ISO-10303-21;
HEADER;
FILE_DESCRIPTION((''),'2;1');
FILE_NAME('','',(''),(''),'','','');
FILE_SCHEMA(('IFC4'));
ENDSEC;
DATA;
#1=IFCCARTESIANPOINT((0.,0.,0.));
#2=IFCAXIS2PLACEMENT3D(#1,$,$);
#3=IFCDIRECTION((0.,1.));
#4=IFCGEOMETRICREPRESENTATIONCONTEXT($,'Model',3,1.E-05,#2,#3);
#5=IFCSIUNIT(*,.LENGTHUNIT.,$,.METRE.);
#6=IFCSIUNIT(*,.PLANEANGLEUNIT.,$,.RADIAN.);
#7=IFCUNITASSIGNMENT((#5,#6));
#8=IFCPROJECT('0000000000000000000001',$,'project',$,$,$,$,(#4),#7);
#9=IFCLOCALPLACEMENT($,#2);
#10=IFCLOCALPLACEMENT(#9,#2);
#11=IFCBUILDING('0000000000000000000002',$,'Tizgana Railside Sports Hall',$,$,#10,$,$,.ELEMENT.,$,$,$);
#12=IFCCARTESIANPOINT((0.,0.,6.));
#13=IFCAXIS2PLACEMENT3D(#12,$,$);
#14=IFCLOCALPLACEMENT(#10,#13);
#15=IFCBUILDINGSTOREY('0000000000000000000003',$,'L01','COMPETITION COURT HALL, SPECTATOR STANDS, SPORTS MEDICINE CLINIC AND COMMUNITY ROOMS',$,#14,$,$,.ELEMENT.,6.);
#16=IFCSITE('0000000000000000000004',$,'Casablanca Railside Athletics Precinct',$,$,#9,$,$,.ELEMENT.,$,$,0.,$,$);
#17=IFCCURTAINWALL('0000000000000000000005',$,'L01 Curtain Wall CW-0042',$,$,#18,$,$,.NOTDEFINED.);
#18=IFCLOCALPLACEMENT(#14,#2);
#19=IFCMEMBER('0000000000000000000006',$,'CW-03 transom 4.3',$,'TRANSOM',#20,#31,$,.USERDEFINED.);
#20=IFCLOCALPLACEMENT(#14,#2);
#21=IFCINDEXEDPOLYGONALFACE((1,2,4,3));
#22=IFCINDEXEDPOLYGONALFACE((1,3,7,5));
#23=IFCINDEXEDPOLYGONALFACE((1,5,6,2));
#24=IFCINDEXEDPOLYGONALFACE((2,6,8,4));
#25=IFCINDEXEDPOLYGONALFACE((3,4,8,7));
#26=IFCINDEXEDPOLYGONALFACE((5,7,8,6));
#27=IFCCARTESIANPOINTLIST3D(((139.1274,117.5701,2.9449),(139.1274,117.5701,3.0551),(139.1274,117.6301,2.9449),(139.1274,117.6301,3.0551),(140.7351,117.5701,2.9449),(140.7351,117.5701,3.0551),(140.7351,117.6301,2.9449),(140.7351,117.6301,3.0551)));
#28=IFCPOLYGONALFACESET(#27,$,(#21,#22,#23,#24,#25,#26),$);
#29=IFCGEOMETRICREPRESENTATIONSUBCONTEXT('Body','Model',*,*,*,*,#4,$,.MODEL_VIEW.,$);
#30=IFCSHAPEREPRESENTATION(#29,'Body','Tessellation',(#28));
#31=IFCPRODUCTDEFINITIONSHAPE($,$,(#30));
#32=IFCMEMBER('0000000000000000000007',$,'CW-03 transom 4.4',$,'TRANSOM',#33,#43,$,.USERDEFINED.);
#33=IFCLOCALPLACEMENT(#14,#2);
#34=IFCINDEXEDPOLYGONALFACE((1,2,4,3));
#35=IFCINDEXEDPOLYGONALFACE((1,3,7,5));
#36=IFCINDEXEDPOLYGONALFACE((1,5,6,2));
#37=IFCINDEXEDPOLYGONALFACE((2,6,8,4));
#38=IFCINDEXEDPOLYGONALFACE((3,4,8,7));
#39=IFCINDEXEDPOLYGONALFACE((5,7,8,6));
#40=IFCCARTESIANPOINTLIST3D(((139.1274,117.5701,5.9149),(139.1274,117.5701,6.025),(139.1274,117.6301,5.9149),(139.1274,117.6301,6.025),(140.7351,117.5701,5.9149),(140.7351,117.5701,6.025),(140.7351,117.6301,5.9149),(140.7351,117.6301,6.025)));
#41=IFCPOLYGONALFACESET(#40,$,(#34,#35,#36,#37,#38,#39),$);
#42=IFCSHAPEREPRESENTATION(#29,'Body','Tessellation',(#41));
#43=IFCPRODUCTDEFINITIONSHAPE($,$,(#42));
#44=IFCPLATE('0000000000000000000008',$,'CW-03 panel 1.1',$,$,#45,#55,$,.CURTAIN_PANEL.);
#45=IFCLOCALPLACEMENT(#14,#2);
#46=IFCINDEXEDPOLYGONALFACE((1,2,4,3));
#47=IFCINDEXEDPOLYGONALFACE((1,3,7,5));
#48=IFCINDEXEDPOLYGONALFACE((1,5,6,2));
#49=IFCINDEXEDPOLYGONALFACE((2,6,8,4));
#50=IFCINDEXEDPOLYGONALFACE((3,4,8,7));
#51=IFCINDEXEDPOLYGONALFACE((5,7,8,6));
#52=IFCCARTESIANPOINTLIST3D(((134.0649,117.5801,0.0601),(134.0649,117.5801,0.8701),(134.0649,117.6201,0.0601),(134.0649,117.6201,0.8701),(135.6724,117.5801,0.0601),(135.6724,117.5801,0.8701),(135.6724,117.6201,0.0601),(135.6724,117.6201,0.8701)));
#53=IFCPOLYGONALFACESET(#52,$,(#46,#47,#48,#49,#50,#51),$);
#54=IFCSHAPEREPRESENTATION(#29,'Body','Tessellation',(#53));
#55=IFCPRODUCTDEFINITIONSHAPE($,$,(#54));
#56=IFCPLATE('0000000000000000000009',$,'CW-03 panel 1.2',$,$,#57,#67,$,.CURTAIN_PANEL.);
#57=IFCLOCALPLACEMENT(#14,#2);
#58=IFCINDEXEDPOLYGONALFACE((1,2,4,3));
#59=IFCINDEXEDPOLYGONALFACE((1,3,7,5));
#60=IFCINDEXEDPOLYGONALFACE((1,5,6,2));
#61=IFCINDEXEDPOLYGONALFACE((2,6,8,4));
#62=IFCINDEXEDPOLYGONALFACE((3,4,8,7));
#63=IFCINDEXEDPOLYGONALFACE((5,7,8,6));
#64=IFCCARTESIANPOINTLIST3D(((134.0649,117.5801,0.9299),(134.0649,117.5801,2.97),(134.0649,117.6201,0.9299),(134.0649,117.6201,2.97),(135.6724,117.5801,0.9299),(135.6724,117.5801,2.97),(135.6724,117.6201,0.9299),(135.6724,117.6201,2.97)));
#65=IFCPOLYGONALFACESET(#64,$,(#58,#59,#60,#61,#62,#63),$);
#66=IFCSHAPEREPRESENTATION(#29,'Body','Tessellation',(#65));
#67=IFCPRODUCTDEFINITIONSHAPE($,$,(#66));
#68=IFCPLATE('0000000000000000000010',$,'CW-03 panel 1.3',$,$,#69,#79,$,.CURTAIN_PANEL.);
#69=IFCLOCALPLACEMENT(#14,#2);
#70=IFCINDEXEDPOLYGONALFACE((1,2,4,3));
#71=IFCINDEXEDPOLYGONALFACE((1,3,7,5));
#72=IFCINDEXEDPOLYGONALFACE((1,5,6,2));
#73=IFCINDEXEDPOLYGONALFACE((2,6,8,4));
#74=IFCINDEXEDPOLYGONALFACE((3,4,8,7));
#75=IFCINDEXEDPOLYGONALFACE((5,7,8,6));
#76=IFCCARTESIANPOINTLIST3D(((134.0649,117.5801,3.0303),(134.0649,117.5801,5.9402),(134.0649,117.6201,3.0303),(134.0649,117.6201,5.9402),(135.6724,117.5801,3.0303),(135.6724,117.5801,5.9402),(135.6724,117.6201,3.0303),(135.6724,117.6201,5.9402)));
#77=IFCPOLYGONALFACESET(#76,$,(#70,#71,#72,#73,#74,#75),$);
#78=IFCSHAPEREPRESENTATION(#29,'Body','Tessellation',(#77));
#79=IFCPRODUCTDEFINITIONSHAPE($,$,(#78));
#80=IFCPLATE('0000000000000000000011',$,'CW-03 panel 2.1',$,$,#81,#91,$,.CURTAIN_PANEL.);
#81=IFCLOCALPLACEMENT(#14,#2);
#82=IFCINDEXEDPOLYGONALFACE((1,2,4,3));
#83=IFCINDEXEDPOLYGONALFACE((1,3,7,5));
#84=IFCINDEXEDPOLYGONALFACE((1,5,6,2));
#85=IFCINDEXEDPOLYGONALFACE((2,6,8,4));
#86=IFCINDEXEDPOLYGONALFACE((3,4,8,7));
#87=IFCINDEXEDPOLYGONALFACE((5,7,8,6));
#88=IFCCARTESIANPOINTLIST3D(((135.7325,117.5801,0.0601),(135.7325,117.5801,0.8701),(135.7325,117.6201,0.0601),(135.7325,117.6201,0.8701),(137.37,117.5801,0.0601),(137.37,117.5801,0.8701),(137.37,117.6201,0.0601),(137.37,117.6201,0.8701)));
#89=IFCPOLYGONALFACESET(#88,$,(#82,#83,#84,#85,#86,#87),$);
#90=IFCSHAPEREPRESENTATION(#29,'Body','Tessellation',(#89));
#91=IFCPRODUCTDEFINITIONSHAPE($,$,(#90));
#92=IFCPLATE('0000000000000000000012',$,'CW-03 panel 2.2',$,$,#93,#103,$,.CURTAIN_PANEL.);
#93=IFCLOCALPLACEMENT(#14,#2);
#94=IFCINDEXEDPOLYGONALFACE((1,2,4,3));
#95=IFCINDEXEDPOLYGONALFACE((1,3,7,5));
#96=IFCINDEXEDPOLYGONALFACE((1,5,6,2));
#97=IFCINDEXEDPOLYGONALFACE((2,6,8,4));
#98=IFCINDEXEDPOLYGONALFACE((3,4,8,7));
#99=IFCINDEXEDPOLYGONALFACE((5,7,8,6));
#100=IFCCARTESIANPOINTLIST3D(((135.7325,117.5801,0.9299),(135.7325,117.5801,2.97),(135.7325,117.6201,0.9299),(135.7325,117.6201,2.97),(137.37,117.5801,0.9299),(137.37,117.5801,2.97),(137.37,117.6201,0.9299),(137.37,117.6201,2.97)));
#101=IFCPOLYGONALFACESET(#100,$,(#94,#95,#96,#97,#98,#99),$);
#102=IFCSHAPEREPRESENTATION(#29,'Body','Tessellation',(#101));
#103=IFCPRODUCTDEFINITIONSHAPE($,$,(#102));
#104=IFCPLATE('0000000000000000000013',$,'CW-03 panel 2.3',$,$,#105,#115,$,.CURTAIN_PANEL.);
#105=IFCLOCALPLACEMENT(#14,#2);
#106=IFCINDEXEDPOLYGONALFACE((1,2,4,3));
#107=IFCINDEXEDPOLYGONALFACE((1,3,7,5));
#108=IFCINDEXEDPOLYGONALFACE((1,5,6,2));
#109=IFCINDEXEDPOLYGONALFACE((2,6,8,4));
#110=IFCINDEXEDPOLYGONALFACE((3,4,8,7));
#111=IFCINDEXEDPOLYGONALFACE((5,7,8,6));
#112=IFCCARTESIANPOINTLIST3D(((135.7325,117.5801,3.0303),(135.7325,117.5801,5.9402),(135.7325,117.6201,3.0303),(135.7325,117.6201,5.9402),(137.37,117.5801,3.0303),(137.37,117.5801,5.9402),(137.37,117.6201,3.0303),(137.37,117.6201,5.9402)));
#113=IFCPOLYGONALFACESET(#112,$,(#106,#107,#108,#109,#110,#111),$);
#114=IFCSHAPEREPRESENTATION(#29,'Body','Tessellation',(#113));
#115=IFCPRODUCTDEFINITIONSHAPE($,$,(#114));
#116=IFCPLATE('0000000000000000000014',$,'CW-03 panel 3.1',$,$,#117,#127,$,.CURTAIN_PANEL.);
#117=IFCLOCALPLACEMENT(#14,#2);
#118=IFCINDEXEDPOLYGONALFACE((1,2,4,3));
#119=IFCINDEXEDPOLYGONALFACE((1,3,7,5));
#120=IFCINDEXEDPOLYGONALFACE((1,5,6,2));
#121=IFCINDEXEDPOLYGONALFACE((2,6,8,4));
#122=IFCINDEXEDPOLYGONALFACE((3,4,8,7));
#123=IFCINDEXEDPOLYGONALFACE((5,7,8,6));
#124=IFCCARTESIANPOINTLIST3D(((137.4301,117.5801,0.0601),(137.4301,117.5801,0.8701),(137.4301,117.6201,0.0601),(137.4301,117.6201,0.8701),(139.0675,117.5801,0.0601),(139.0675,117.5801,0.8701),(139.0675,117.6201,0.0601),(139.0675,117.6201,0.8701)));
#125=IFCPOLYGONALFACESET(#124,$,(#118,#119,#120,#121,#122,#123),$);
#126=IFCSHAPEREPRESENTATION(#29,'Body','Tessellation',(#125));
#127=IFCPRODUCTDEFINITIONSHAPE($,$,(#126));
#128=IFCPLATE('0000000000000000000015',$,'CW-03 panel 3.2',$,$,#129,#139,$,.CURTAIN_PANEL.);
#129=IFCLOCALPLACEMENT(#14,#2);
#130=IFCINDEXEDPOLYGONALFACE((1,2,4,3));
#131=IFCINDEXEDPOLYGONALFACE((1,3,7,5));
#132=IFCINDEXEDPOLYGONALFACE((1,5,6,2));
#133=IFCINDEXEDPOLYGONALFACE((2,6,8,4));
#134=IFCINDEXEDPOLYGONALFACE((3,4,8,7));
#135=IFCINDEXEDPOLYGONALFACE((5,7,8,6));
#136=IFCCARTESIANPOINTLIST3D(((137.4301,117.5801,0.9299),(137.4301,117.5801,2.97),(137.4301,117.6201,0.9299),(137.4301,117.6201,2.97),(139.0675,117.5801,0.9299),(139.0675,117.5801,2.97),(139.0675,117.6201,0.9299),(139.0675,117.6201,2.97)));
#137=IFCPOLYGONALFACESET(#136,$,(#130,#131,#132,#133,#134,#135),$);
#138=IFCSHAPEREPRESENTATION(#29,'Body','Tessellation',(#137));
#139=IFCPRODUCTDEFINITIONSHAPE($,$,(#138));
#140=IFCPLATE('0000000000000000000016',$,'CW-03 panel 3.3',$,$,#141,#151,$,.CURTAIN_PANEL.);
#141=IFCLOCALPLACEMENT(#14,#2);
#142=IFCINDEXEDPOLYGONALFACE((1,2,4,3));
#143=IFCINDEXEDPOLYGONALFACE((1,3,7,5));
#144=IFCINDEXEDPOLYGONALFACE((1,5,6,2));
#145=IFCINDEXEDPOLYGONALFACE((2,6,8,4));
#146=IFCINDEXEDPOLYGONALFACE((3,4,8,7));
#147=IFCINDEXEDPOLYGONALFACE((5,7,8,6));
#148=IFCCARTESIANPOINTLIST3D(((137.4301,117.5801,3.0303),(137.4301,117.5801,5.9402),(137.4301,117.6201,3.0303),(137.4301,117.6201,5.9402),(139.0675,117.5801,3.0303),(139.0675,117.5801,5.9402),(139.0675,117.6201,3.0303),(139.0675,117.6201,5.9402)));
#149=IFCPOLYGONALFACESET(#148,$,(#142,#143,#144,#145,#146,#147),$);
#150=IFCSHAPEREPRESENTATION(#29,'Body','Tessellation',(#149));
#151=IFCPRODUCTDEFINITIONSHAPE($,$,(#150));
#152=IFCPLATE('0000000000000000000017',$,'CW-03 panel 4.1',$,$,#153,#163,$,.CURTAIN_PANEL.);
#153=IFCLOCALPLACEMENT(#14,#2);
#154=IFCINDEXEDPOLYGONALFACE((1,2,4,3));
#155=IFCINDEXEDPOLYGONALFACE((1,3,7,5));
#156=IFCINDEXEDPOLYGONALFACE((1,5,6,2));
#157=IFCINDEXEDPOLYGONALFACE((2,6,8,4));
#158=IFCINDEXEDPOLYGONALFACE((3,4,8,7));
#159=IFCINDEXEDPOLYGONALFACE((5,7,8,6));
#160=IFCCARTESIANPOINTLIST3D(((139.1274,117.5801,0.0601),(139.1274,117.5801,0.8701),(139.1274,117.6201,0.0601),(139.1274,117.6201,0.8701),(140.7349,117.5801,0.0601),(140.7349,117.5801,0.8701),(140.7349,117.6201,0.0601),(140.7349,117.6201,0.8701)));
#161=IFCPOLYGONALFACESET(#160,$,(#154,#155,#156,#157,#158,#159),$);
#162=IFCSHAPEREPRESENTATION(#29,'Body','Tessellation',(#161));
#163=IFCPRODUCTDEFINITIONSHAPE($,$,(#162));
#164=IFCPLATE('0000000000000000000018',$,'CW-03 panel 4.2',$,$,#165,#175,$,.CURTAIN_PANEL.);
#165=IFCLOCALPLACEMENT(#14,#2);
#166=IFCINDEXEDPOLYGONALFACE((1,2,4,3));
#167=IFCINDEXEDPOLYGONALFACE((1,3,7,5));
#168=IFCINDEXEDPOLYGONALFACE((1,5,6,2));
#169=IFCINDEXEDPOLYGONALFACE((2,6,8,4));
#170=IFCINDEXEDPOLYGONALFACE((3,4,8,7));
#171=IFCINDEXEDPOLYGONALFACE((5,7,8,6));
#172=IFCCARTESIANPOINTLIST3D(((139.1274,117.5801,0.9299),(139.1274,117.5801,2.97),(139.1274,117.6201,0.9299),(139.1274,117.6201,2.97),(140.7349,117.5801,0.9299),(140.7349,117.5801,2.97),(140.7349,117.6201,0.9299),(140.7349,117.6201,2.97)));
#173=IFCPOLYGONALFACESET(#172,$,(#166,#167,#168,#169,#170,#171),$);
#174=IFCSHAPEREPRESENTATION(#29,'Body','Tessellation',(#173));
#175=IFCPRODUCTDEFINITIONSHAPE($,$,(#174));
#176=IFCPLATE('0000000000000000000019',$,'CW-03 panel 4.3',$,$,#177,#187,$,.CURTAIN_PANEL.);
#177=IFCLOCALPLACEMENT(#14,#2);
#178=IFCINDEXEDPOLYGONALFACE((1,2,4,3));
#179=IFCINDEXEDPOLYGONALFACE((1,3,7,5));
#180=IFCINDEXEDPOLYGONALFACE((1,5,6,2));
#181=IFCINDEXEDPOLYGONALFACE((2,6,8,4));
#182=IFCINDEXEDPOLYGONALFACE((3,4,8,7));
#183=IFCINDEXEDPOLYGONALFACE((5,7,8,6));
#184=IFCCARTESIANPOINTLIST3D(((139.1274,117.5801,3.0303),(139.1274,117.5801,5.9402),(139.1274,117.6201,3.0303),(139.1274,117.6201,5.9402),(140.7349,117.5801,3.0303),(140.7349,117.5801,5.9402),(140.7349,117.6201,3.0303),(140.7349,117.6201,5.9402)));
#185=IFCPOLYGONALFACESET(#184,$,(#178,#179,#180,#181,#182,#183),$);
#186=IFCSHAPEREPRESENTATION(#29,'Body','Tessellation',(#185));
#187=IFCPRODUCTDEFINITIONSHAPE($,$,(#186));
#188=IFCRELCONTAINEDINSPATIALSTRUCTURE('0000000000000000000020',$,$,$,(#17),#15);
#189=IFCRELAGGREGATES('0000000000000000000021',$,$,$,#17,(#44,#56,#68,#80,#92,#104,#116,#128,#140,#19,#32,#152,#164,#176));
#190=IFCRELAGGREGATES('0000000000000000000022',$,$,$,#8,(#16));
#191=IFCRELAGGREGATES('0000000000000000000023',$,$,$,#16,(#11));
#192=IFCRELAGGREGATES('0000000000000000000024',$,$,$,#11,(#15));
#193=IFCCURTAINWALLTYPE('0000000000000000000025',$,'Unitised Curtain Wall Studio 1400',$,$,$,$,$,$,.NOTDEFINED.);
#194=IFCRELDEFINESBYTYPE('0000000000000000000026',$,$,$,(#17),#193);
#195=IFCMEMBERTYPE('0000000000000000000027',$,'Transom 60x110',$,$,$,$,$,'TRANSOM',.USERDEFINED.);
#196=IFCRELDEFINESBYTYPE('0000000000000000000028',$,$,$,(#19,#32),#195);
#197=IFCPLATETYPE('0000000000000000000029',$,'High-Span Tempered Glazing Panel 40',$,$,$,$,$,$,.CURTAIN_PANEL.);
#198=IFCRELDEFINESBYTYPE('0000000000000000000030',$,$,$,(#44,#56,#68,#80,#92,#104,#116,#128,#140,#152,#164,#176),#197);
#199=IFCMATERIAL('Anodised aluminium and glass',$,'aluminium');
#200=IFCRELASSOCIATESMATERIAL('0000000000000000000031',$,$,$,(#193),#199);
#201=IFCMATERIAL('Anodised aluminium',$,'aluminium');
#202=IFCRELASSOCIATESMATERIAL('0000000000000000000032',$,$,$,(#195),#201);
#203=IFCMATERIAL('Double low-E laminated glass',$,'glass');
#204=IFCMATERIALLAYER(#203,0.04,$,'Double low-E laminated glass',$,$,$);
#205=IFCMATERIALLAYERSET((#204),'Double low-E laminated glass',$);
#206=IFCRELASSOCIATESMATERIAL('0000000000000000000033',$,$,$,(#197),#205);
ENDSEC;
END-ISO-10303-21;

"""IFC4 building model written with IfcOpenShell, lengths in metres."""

from ifc_helpers import new_model, si_unit, direction, frame, origin, origin_2d, place, context, subcontext, project, spatial, rectangle, extrude, material, layer, layer_set, material_profile, profile_set, type_object, element, aggregate, save


model = new_model("IFC4")

# Units and contexts
model_context = context("Model", 3, precision=1e-05, world=origin(), true_north=direction((0.0, 1.0)))
body_context = subcontext(model_context, "Body", "Model", "MODEL_VIEW")
ifc_project = project(units=[si_unit("LENGTHUNIT", "METRE"), si_unit("PLANEANGLEUNIT", "RADIAN")], contexts=[model_context])

# Site, building, storey
site_placement = place(None, origin())
site = spatial("IfcSite", under=ifc_project, at=site_placement, Name="Casablanca Railside Athletics Precinct", CompositionType="ELEMENT", RefElevation=0.0)
building_placement = place(site_placement, origin())
building = spatial("IfcBuilding", under=site, at=building_placement, Name="Tizgana Railside Sports Hall", CompositionType="ELEMENT")
storey_placement = place(building_placement, frame((0.0, 0.0, 6.0)))
storey = spatial("IfcBuildingStorey", under=building, at=storey_placement, Name="L01", Description="COMPETITION COURT HALL, SPECTATOR STANDS, SPORTS MEDICINE CLINIC AND COMMUNITY ROOMS", CompositionType="ELEMENT", Elevation=6.0)

# Curtain wall, members, plates
ifc_material_1 = material(Name="Anodised aluminium and glass", Category="aluminium")
curtain_wall_type = type_object("IfcCurtainWallType", Name="Unitised Curtain Wall Studio 1400", PredefinedType="NOTDEFINED", material=ifc_material_1)
curtain_wall_placement = place(storey_placement, origin())
curtain_wall = element("IfcCurtainWall", 1, at=curtain_wall_placement, inside=storey, type_object=curtain_wall_type, Name="L01 Curtain Wall CW-0042", PredefinedType="NOTDEFINED")
ifc_material_2 = material(Name="Anodised aluminium", Category="aluminium")
ifc_material_profile_1 = material_profile(ifc_material_2, rectangle(XDim=0.0601, YDim=0.1101, at=origin_2d()), Name="Transom 60x110")
ifc_profile_set_1 = profile_set([ifc_material_profile_1], Name="Anodised aluminium")
member_type_1 = type_object("IfcMemberType", Name="Transom 60x110", ElementType="TRANSOM", PredefinedType="USERDEFINED", material=ifc_profile_set_1)
member_1_placement = place(storey_placement, frame((139.1274, 117.6001, 3.0), z_axis=(1.0, 0.0, 0.0), x_axis=(0.0, 1.0, 0.0)))
member_1 = element("IfcMember", 2, at=member_1_placement, type_object=member_type_1, Name="CW-03 transom 4.3", ObjectType="TRANSOM", PredefinedType="USERDEFINED", context=body_context, shape_type="SweptSolid", body=[
    extrude(rectangle(XDim=0.0601, YDim=0.1101, at=origin_2d()), origin(), (0.0, 0.0, 1.0), 1.6077),
])
member_2_placement = place(storey_placement, frame((139.1274, 117.6001, 5.97), z_axis=(1.0, 0.0, 0.0), x_axis=(0.0, 1.0, 0.0)))
member_2 = element("IfcMember", 3, at=member_2_placement, type_object=member_type_1, Name="CW-03 transom 4.4", ObjectType="TRANSOM", PredefinedType="USERDEFINED", context=body_context, shape_type="SweptSolid", body=[
    extrude(rectangle(XDim=0.0601, YDim=0.1101, at=origin_2d()), origin(), (0.0, 0.0, 1.0), 1.6077),
])
ifc_material_3 = material(Name="Double low-E laminated glass", Category="glass")
ifc_layer_1 = layer(ifc_material_3, 0.04, Name="Double low-E laminated glass")
ifc_layer_set_1 = layer_set([ifc_layer_1], Name="Double low-E laminated glass")
plate_type = type_object("IfcPlateType", Name="High-Span Tempered Glazing Panel 40", PredefinedType="CURTAIN_PANEL", material=ifc_layer_set_1)
plate_1_placement = place(storey_placement, frame((134.8687, 117.6001, 0.0601), z_axis=(0.0, 0.0, 1.0), x_axis=(1.0, 0.0, 0.0)))
plate_1 = element("IfcPlate", 4, at=plate_1_placement, type_object=plate_type, Name="CW-03 panel 1.1", PredefinedType="CURTAIN_PANEL", context=body_context, shape_type="SweptSolid", body=[
    extrude(rectangle(XDim=1.6074, YDim=0.04, at=origin_2d()), origin(), (0.0, 0.0, 1.0), 0.8101),
])
plate_2_placement = place(storey_placement, frame((134.8687, 117.6001, 0.9299), z_axis=(0.0, 0.0, 1.0), x_axis=(1.0, 0.0, 0.0)))
plate_2 = element("IfcPlate", 5, at=plate_2_placement, type_object=plate_type, Name="CW-03 panel 1.2", PredefinedType="CURTAIN_PANEL", context=body_context, shape_type="SweptSolid", body=[
    extrude(rectangle(XDim=1.6074, YDim=0.04, at=origin_2d()), origin(), (0.0, 0.0, 1.0), 2.04),
])
plate_3_placement = place(storey_placement, frame((134.8687, 117.6001, 3.0303), z_axis=(0.0, 0.0, 1.0), x_axis=(1.0, 0.0, 0.0)))
plate_3 = element("IfcPlate", 6, at=plate_3_placement, type_object=plate_type, Name="CW-03 panel 1.3", PredefinedType="CURTAIN_PANEL", context=body_context, shape_type="SweptSolid", body=[
    extrude(rectangle(XDim=1.6074, YDim=0.04, at=origin_2d()), origin(), (0.0, 0.0, 1.0), 2.9099),
])
plate_4_placement = place(storey_placement, frame((136.5513, 117.6001, 0.0601), z_axis=(0.0, 0.0, 1.0), x_axis=(1.0, 0.0, 0.0)))
plate_4 = element("IfcPlate", 7, at=plate_4_placement, type_object=plate_type, Name="CW-03 panel 2.1", PredefinedType="CURTAIN_PANEL", context=body_context, shape_type="SweptSolid", body=[
    extrude(rectangle(XDim=1.6375, YDim=0.04, at=origin_2d()), origin(), (0.0, 0.0, 1.0), 0.8101),
])
plate_5_placement = place(storey_placement, frame((136.5513, 117.6001, 0.9299), z_axis=(0.0, 0.0, 1.0), x_axis=(1.0, 0.0, 0.0)))
plate_5 = element("IfcPlate", 8, at=plate_5_placement, type_object=plate_type, Name="CW-03 panel 2.2", PredefinedType="CURTAIN_PANEL", context=body_context, shape_type="SweptSolid", body=[
    extrude(rectangle(XDim=1.6375, YDim=0.04, at=origin_2d()), origin(), (0.0, 0.0, 1.0), 2.04),
])
plate_6_placement = place(storey_placement, frame((136.5513, 117.6001, 3.0303), z_axis=(0.0, 0.0, 1.0), x_axis=(1.0, 0.0, 0.0)))
plate_6 = element("IfcPlate", 9, at=plate_6_placement, type_object=plate_type, Name="CW-03 panel 2.3", PredefinedType="CURTAIN_PANEL", context=body_context, shape_type="SweptSolid", body=[
    extrude(rectangle(XDim=1.6375, YDim=0.04, at=origin_2d()), origin(), (0.0, 0.0, 1.0), 2.9099),
])
plate_7_placement = place(storey_placement, frame((138.2488, 117.6001, 0.0601), z_axis=(0.0, 0.0, 1.0), x_axis=(1.0, 0.0, 0.0)))
plate_7 = element("IfcPlate", 10, at=plate_7_placement, type_object=plate_type, Name="CW-03 panel 3.1", PredefinedType="CURTAIN_PANEL", context=body_context, shape_type="SweptSolid", body=[
    extrude(rectangle(XDim=1.6375, YDim=0.04, at=origin_2d()), origin(), (0.0, 0.0, 1.0), 0.8101),
])
plate_8_placement = place(storey_placement, frame((138.2488, 117.6001, 0.9299), z_axis=(0.0, 0.0, 1.0), x_axis=(1.0, 0.0, 0.0)))
plate_8 = element("IfcPlate", 11, at=plate_8_placement, type_object=plate_type, Name="CW-03 panel 3.2", PredefinedType="CURTAIN_PANEL", context=body_context, shape_type="SweptSolid", body=[
    extrude(rectangle(XDim=1.6375, YDim=0.04, at=origin_2d()), origin(), (0.0, 0.0, 1.0), 2.04),
])
plate_9_placement = place(storey_placement, frame((138.2488, 117.6001, 3.0303), z_axis=(0.0, 0.0, 1.0), x_axis=(1.0, 0.0, 0.0)))
plate_9 = element("IfcPlate", 12, at=plate_9_placement, type_object=plate_type, Name="CW-03 panel 3.3", PredefinedType="CURTAIN_PANEL", context=body_context, shape_type="SweptSolid", body=[
    extrude(rectangle(XDim=1.6375, YDim=0.04, at=origin_2d()), origin(), (0.0, 0.0, 1.0), 2.9099),
])
plate_10_placement = place(storey_placement, frame((139.9312, 117.6001, 0.0601), z_axis=(0.0, 0.0, 1.0), x_axis=(1.0, 0.0, 0.0)))
plate_10 = element("IfcPlate", 13, at=plate_10_placement, type_object=plate_type, Name="CW-03 panel 4.1", PredefinedType="CURTAIN_PANEL", context=body_context, shape_type="SweptSolid", body=[
    extrude(rectangle(XDim=1.6074, YDim=0.04, at=origin_2d()), origin(), (0.0, 0.0, 1.0), 0.8101),
])
plate_11_placement = place(storey_placement, frame((139.9312, 117.6001, 0.9299), z_axis=(0.0, 0.0, 1.0), x_axis=(1.0, 0.0, 0.0)))
plate_11 = element("IfcPlate", 14, at=plate_11_placement, type_object=plate_type, Name="CW-03 panel 4.2", PredefinedType="CURTAIN_PANEL", context=body_context, shape_type="SweptSolid", body=[
    extrude(rectangle(XDim=1.6074, YDim=0.04, at=origin_2d()), origin(), (0.0, 0.0, 1.0), 2.04),
])
plate_12_placement = place(storey_placement, frame((139.9312, 117.6001, 3.0303), z_axis=(0.0, 0.0, 1.0), x_axis=(1.0, 0.0, 0.0)))
plate_12 = element("IfcPlate", 15, at=plate_12_placement, type_object=plate_type, Name="CW-03 panel 4.3", PredefinedType="CURTAIN_PANEL", context=body_context, shape_type="SweptSolid", body=[
    extrude(rectangle(XDim=1.6074, YDim=0.04, at=origin_2d()), origin(), (0.0, 0.0, 1.0), 2.9099),
])
aggregate(curtain_wall, [plate_1, plate_2, plate_3, plate_4, plate_5, plate_6, plate_7, plate_8, plate_9, member_1, member_2, plate_10, plate_11, plate_12])

save(model, "model.ifc")
